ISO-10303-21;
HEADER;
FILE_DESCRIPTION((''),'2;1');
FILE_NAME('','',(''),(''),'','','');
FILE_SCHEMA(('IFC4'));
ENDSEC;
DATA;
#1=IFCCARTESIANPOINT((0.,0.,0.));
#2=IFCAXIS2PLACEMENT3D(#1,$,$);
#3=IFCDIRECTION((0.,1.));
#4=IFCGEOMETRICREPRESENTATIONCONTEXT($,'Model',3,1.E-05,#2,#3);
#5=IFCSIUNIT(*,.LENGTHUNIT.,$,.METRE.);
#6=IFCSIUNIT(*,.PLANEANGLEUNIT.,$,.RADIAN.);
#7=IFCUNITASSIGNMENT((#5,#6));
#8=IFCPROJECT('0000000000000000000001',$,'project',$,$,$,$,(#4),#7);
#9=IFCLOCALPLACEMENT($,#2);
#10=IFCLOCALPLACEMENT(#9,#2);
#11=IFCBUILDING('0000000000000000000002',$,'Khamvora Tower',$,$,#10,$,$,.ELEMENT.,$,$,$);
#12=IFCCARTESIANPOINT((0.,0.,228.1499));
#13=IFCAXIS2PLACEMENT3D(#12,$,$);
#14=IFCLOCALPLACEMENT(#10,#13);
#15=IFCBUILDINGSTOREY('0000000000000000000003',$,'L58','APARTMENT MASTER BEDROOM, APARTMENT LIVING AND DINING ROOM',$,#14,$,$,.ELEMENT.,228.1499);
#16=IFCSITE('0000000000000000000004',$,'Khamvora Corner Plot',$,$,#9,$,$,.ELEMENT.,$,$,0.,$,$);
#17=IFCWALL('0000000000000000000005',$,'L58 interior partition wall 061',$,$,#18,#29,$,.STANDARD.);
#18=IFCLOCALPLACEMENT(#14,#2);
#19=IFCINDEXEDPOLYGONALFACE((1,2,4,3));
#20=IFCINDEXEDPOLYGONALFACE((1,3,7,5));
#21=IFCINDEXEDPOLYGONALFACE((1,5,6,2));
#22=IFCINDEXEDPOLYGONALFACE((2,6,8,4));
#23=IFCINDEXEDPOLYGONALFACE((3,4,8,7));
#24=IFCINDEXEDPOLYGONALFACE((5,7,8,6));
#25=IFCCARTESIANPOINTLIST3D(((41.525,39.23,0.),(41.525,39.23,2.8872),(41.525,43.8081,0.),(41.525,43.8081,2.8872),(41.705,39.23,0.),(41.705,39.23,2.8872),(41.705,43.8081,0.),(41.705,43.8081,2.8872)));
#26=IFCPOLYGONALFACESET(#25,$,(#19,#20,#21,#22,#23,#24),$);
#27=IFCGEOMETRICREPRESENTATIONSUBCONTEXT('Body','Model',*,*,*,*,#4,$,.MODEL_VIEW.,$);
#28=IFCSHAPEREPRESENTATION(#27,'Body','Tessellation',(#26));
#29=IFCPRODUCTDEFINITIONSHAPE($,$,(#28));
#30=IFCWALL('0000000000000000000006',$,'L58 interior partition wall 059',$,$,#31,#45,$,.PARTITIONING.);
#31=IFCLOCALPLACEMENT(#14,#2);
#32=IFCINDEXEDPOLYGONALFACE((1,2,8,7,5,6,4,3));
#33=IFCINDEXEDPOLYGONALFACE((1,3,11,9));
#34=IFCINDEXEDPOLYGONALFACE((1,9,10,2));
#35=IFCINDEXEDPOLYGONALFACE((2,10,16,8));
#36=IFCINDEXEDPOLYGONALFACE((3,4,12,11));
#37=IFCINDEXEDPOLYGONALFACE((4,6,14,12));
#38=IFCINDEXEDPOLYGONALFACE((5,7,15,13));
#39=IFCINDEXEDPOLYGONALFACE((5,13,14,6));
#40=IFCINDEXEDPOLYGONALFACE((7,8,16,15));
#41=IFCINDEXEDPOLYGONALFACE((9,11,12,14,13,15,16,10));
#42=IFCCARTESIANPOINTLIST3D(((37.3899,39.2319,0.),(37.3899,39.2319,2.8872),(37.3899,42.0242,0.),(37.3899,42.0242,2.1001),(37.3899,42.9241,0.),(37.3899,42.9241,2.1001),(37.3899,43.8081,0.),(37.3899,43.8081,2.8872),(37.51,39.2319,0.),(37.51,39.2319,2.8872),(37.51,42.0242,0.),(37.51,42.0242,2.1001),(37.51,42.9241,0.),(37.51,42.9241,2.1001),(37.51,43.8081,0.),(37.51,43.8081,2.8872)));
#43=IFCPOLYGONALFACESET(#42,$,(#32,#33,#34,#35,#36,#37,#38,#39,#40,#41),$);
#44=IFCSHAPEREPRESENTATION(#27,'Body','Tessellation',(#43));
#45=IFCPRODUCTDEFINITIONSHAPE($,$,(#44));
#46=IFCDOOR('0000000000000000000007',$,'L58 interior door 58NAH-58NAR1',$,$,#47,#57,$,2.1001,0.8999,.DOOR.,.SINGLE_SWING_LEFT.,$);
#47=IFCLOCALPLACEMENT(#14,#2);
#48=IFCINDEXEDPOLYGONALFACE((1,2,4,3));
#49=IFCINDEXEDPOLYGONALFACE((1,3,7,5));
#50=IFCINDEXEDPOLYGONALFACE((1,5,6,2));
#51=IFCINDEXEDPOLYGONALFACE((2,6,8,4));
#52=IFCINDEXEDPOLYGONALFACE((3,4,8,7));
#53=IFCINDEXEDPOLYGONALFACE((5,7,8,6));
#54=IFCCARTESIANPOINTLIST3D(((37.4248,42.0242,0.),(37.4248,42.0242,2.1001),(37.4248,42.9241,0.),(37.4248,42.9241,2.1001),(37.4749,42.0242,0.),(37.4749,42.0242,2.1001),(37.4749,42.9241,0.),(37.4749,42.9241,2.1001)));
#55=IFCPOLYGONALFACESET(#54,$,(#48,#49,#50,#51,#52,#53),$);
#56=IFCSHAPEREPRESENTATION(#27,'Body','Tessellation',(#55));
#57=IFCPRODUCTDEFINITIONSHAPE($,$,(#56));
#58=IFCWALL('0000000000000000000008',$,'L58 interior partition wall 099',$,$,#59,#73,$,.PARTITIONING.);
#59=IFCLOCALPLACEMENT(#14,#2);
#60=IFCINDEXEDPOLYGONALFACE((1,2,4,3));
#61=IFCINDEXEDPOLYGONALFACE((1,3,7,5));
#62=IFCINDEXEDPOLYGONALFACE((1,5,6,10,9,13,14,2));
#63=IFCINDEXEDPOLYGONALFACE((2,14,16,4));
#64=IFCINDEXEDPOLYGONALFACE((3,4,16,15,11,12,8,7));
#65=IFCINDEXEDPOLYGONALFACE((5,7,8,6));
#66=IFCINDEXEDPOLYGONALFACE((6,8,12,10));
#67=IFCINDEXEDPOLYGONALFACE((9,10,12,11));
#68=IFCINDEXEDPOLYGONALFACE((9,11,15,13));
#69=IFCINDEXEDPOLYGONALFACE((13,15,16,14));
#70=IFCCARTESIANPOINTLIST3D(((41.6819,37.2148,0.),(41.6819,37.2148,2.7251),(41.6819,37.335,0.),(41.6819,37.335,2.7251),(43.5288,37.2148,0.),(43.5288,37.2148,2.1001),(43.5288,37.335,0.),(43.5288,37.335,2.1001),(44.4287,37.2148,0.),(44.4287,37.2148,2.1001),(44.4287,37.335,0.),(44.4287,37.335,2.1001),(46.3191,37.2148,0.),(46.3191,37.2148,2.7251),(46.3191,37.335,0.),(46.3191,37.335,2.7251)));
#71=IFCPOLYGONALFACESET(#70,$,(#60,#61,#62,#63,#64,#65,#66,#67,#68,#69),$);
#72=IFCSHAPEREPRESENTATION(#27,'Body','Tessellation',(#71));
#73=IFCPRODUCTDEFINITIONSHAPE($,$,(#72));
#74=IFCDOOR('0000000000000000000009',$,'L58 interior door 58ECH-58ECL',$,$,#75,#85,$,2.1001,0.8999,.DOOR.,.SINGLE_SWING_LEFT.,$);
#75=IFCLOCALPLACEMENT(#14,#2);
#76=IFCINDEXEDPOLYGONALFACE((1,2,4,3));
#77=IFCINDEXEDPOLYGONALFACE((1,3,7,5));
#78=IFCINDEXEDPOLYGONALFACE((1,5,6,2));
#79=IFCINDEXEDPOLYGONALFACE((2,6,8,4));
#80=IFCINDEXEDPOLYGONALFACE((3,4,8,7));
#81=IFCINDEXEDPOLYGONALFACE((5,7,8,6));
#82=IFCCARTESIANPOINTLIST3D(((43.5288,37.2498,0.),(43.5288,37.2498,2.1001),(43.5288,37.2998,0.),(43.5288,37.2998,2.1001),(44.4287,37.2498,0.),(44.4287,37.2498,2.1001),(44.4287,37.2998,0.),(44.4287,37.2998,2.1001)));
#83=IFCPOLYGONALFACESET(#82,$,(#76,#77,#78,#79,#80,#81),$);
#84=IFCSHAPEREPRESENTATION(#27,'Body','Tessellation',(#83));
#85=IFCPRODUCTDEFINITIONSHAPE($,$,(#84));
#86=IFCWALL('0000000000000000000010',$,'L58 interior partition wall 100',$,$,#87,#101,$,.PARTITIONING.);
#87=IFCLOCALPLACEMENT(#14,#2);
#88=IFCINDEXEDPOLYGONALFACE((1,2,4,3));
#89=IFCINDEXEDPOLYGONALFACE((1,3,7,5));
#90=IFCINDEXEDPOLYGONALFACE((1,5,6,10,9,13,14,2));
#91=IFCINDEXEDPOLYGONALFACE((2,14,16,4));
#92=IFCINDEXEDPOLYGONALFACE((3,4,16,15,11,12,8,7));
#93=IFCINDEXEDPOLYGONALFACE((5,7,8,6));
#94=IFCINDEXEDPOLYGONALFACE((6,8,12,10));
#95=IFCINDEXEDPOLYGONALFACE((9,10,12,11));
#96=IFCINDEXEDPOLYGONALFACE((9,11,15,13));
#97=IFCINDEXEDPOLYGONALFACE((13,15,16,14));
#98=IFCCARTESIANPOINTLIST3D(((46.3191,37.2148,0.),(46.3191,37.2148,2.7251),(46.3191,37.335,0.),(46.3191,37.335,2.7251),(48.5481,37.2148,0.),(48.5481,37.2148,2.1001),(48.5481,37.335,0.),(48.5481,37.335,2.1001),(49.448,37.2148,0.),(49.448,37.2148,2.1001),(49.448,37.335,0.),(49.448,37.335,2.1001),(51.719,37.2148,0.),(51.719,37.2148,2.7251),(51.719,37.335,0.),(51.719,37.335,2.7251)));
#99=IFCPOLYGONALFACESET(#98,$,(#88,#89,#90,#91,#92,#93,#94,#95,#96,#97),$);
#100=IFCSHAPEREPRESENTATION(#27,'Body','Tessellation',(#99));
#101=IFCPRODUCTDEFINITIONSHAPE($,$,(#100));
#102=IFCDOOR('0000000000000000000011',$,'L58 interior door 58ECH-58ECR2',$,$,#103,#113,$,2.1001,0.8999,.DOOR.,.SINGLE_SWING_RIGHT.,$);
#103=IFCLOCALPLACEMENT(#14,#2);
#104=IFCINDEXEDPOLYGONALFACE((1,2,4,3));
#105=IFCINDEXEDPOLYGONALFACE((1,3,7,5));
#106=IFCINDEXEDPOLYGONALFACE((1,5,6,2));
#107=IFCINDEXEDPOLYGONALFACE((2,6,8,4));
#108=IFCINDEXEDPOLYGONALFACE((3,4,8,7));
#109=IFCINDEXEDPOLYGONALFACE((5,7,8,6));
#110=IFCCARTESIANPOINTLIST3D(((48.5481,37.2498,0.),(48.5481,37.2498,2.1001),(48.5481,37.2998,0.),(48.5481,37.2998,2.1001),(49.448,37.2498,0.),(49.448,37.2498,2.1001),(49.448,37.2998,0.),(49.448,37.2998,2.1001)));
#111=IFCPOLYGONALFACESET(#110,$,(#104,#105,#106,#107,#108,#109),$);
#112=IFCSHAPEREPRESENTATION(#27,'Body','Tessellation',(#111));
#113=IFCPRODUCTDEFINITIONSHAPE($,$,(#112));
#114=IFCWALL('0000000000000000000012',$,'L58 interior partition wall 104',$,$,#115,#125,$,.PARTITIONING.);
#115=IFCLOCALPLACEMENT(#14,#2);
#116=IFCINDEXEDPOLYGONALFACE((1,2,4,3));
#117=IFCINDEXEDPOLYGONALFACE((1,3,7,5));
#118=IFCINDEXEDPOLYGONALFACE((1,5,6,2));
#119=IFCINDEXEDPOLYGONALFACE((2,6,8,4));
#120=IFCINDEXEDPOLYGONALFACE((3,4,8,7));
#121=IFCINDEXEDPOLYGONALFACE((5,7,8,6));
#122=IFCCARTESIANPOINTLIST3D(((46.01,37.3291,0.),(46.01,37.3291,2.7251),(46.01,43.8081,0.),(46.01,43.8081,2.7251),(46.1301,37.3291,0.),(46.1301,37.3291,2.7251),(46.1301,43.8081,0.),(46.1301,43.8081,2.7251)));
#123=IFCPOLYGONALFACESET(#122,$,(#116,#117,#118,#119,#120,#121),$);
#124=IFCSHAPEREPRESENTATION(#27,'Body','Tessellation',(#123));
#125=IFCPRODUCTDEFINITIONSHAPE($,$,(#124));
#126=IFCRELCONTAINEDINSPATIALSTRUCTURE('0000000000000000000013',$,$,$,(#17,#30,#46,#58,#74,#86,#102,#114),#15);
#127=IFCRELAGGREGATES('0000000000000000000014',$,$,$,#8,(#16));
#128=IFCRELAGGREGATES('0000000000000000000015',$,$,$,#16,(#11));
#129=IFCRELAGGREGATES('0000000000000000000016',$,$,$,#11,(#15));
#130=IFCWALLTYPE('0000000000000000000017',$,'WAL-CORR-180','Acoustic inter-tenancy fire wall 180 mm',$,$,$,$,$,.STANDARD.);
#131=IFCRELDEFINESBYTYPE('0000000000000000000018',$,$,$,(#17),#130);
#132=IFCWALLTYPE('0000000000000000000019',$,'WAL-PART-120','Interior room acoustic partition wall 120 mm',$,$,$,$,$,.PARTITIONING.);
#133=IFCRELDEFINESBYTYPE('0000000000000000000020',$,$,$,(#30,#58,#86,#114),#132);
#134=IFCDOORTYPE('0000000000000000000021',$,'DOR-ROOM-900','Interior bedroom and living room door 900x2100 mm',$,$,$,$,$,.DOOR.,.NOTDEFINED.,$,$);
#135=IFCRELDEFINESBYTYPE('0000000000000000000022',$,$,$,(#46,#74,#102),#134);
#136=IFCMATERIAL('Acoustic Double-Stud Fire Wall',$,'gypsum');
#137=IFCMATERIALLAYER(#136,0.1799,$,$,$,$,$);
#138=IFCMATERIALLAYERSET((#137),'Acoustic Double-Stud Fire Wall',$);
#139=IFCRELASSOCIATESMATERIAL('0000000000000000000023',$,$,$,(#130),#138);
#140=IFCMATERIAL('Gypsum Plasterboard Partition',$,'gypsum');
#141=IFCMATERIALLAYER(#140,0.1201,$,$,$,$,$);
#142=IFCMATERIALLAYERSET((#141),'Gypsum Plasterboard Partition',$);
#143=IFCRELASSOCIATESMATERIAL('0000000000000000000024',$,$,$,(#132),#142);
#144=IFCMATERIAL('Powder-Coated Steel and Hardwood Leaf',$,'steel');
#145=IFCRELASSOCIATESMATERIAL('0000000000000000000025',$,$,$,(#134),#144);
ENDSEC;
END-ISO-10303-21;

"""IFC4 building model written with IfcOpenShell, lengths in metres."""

from ifc_helpers import new_model, si_unit, direction, frame, frame_2d, origin, place, context, subcontext, project, spatial, rectangle, extrude, material, layer, layer_set, type_object, element, fill, save


model = new_model("IFC4")

# Units and contexts
model_context = context("Model", 3, precision=1e-05, world=origin(), true_north=direction((0.0, 1.0)))
body_context = subcontext(model_context, "Body", "Model", "MODEL_VIEW")
ifc_project = project(units=[si_unit("LENGTHUNIT", "METRE"), si_unit("PLANEANGLEUNIT", "RADIAN")], contexts=[model_context])

# Site, building, storey
site_placement = place(None, origin())
site = spatial("IfcSite", under=ifc_project, at=site_placement, Name="Khamvora Corner Plot", CompositionType="ELEMENT", RefElevation=0.0)
building_placement = place(site_placement, origin())
building = spatial("IfcBuilding", under=site, at=building_placement, Name="Khamvora Tower", CompositionType="ELEMENT")
storey_placement = place(building_placement, frame((0.0, 0.0, 228.1499)))
storey = spatial("IfcBuildingStorey", under=building, at=storey_placement, Name="L58", Description="APARTMENT MASTER BEDROOM, APARTMENT LIVING AND DINING ROOM", CompositionType="ELEMENT", Elevation=228.1499)

# Wall
ifc_material_1 = material(Name="Acoustic Double-Stud Fire Wall", Category="gypsum")
ifc_layer_1 = layer(ifc_material_1, 0.1799)
ifc_layer_set_1 = layer_set([ifc_layer_1], Name="Acoustic Double-Stud Fire Wall")
wall_type_1 = type_object("IfcWallType", Name="WAL-CORR-180", Description="Acoustic inter-tenancy fire wall 180 mm", PredefinedType="STANDARD", material=ifc_layer_set_1)
wall_1_placement = place(storey_placement, frame((41.615, 43.8081, 0.0), z_axis=(0.0, 0.0, 1.0), x_axis=(0.0, -1.0, 0.0)))
element("IfcWall", 1, at=wall_1_placement, inside=storey, type_object=wall_type_1, Name="L58 interior partition wall 061", PredefinedType="STANDARD", context=body_context, shape_type="SweptSolid", body=[
    extrude(rectangle(XDim=4.5781, YDim=0.1799, at=frame_2d((2.2891, 0.0))), origin(), (0.0, 0.0, 1.0), 2.8872),
])

# Walls, openings, doors
ifc_material_2 = material(Name="Gypsum Plasterboard Partition", Category="gypsum")
ifc_layer_2 = layer(ifc_material_2, 0.1201)
ifc_layer_set_2 = layer_set([ifc_layer_2], Name="Gypsum Plasterboard Partition")
wall_type_2 = type_object("IfcWallType", Name="WAL-PART-120", Description="Interior room acoustic partition wall 120 mm", PredefinedType="PARTITIONING", material=ifc_layer_set_2)
wall_2_placement = place(storey_placement, frame((37.45, 43.8081, 0.0), z_axis=(0.0, 0.0, 1.0), x_axis=(0.0, -1.0, 0.0)))
wall_2 = element("IfcWall", 2, at=wall_2_placement, inside=storey, type_object=wall_type_2, Name="L58 interior partition wall 059", PredefinedType="PARTITIONING", context=body_context, shape_type="SweptSolid", body=[
    extrude(rectangle(XDim=4.5762, YDim=0.1201, at=frame_2d((2.2881, 0.0))), origin(), (0.0, 0.0, 1.0), 2.8872),
])
opening_1_placement = place(wall_2_placement, frame((0.884, 0.0, 0.0)))
opening_1 = element("IfcOpeningElement", 3, at=opening_1_placement, cuts=wall_2, PredefinedType="OPENING", context=body_context, shape_type="SweptSolid", body=[
    extrude(rectangle(XDim=0.8999, YDim=2.1001, at=frame_2d((0.45, 1.05))), frame((0.0, 0.0701, 0.0), z_axis=(0.0, -1.0, 0.0), x_axis=(1.0, 0.0, 0.0)), (0.0, 0.0, 1.0), 0.1401),
])
ifc_material_3 = material(Name="Powder-Coated Steel and Hardwood Leaf", Category="steel")
door_type = type_object("IfcDoorType", Name="DOR-ROOM-900", Description="Interior bedroom and living room door 900x2100 mm", OperationType="NOTDEFINED", PredefinedType="DOOR", material=ifc_material_3)
door_1_placement = place(opening_1_placement, origin())
door_1 = element("IfcDoor", 4, at=door_1_placement, inside=storey, type_object=door_type, Name="L58 interior door 58NAH-58NAR1", OperationType="SINGLE_SWING_LEFT", OverallHeight=2.1001, OverallWidth=0.8999, PredefinedType="DOOR", context=body_context, shape_type="SweptSolid", body=[
    extrude(rectangle(XDim=0.8999, YDim=2.1001, at=frame_2d((0.45, 1.05))), frame((0.0, 0.0249, 0.0), z_axis=(0.0, -1.0, 0.0), x_axis=(1.0, 0.0, 0.0)), (0.0, 0.0, 1.0), 0.05),
])
fill(opening_1, door_1)
wall_3_placement = place(storey_placement, frame((41.6819, 37.2749, 0.0), z_axis=(0.0, 0.0, 1.0), x_axis=(1.0, 0.0, 0.0)))
wall_3 = element("IfcWall", 5, at=wall_3_placement, inside=storey, type_object=wall_type_2, Name="L58 interior partition wall 099", PredefinedType="PARTITIONING", context=body_context, shape_type="SweptSolid", body=[
    extrude(rectangle(XDim=4.6372, YDim=0.1201, at=frame_2d((2.3186, 0.0))), origin(), (0.0, 0.0, 1.0), 2.7251),
])
opening_2_placement = place(wall_3_placement, frame((1.8469, 0.0, 0.0)))
opening_2 = element("IfcOpeningElement", 6, at=opening_2_placement, cuts=wall_3, PredefinedType="OPENING", context=body_context, shape_type="SweptSolid", body=[
    extrude(rectangle(XDim=0.8999, YDim=2.1001, at=frame_2d((0.45, 1.05))), frame((0.0, 0.0701, 0.0), z_axis=(0.0, -1.0, 0.0), x_axis=(1.0, 0.0, 0.0)), (0.0, 0.0, 1.0), 0.1401),
])
door_2_placement = place(opening_2_placement, origin())
door_2 = element("IfcDoor", 7, at=door_2_placement, inside=storey, type_object=door_type, Name="L58 interior door 58ECH-58ECL", OperationType="SINGLE_SWING_LEFT", OverallHeight=2.1001, OverallWidth=0.8999, PredefinedType="DOOR", context=body_context, shape_type="SweptSolid", body=[
    extrude(rectangle(XDim=0.8999, YDim=2.1001, at=frame_2d((0.45, 1.05))), frame((0.0, 0.0249, 0.0), z_axis=(0.0, -1.0, 0.0), x_axis=(1.0, 0.0, 0.0)), (0.0, 0.0, 1.0), 0.05),
])
fill(opening_2, door_2)
wall_4_placement = place(storey_placement, frame((46.3191, 37.2749, 0.0), z_axis=(0.0, 0.0, 1.0), x_axis=(1.0, 0.0, 0.0)))
wall_4 = element("IfcWall", 8, at=wall_4_placement, inside=storey, type_object=wall_type_2, Name="L58 interior partition wall 100", PredefinedType="PARTITIONING", context=body_context, shape_type="SweptSolid", body=[
    extrude(rectangle(XDim=5.3999, YDim=0.1201, at=frame_2d((2.7, 0.0))), origin(), (0.0, 0.0, 1.0), 2.7251),
])
opening_3_placement = place(wall_4_placement, frame((2.229, 0.0, 0.0)))
opening_3 = element("IfcOpeningElement", 9, at=opening_3_placement, cuts=wall_4, PredefinedType="OPENING", context=body_context, shape_type="SweptSolid", body=[
    extrude(rectangle(XDim=0.8999, YDim=2.1001, at=frame_2d((0.45, 1.05))), frame((0.0, 0.0701, 0.0), z_axis=(0.0, -1.0, 0.0), x_axis=(1.0, 0.0, 0.0)), (0.0, 0.0, 1.0), 0.1401),
])
door_3_placement = place(opening_3_placement, origin())
door_3 = element("IfcDoor", 10, at=door_3_placement, inside=storey, type_object=door_type, Name="L58 interior door 58ECH-58ECR2", OperationType="SINGLE_SWING_RIGHT", OverallHeight=2.1001, OverallWidth=0.8999, PredefinedType="DOOR", context=body_context, shape_type="SweptSolid", body=[
    extrude(rectangle(XDim=0.8999, YDim=2.1001, at=frame_2d((0.45, 1.05))), frame((0.0, 0.0249, 0.0), z_axis=(0.0, -1.0, 0.0), x_axis=(1.0, 0.0, 0.0)), (0.0, 0.0, 1.0), 0.05),
])
fill(opening_3, door_3)

# Wall
wall_5_placement = place(storey_placement, frame((46.0701, 43.8081, 0.0), z_axis=(0.0, 0.0, 1.0), x_axis=(0.0, -1.0, 0.0)))
element("IfcWall", 11, at=wall_5_placement, inside=storey, type_object=wall_type_2, Name="L58 interior partition wall 104", PredefinedType="PARTITIONING", context=body_context, shape_type="SweptSolid", body=[
    extrude(rectangle(XDim=6.479, YDim=0.1201, at=frame_2d((3.2395, 0.0))), origin(), (0.0, 0.0, 1.0), 2.7251),
])

save(model, "model.ifc")
